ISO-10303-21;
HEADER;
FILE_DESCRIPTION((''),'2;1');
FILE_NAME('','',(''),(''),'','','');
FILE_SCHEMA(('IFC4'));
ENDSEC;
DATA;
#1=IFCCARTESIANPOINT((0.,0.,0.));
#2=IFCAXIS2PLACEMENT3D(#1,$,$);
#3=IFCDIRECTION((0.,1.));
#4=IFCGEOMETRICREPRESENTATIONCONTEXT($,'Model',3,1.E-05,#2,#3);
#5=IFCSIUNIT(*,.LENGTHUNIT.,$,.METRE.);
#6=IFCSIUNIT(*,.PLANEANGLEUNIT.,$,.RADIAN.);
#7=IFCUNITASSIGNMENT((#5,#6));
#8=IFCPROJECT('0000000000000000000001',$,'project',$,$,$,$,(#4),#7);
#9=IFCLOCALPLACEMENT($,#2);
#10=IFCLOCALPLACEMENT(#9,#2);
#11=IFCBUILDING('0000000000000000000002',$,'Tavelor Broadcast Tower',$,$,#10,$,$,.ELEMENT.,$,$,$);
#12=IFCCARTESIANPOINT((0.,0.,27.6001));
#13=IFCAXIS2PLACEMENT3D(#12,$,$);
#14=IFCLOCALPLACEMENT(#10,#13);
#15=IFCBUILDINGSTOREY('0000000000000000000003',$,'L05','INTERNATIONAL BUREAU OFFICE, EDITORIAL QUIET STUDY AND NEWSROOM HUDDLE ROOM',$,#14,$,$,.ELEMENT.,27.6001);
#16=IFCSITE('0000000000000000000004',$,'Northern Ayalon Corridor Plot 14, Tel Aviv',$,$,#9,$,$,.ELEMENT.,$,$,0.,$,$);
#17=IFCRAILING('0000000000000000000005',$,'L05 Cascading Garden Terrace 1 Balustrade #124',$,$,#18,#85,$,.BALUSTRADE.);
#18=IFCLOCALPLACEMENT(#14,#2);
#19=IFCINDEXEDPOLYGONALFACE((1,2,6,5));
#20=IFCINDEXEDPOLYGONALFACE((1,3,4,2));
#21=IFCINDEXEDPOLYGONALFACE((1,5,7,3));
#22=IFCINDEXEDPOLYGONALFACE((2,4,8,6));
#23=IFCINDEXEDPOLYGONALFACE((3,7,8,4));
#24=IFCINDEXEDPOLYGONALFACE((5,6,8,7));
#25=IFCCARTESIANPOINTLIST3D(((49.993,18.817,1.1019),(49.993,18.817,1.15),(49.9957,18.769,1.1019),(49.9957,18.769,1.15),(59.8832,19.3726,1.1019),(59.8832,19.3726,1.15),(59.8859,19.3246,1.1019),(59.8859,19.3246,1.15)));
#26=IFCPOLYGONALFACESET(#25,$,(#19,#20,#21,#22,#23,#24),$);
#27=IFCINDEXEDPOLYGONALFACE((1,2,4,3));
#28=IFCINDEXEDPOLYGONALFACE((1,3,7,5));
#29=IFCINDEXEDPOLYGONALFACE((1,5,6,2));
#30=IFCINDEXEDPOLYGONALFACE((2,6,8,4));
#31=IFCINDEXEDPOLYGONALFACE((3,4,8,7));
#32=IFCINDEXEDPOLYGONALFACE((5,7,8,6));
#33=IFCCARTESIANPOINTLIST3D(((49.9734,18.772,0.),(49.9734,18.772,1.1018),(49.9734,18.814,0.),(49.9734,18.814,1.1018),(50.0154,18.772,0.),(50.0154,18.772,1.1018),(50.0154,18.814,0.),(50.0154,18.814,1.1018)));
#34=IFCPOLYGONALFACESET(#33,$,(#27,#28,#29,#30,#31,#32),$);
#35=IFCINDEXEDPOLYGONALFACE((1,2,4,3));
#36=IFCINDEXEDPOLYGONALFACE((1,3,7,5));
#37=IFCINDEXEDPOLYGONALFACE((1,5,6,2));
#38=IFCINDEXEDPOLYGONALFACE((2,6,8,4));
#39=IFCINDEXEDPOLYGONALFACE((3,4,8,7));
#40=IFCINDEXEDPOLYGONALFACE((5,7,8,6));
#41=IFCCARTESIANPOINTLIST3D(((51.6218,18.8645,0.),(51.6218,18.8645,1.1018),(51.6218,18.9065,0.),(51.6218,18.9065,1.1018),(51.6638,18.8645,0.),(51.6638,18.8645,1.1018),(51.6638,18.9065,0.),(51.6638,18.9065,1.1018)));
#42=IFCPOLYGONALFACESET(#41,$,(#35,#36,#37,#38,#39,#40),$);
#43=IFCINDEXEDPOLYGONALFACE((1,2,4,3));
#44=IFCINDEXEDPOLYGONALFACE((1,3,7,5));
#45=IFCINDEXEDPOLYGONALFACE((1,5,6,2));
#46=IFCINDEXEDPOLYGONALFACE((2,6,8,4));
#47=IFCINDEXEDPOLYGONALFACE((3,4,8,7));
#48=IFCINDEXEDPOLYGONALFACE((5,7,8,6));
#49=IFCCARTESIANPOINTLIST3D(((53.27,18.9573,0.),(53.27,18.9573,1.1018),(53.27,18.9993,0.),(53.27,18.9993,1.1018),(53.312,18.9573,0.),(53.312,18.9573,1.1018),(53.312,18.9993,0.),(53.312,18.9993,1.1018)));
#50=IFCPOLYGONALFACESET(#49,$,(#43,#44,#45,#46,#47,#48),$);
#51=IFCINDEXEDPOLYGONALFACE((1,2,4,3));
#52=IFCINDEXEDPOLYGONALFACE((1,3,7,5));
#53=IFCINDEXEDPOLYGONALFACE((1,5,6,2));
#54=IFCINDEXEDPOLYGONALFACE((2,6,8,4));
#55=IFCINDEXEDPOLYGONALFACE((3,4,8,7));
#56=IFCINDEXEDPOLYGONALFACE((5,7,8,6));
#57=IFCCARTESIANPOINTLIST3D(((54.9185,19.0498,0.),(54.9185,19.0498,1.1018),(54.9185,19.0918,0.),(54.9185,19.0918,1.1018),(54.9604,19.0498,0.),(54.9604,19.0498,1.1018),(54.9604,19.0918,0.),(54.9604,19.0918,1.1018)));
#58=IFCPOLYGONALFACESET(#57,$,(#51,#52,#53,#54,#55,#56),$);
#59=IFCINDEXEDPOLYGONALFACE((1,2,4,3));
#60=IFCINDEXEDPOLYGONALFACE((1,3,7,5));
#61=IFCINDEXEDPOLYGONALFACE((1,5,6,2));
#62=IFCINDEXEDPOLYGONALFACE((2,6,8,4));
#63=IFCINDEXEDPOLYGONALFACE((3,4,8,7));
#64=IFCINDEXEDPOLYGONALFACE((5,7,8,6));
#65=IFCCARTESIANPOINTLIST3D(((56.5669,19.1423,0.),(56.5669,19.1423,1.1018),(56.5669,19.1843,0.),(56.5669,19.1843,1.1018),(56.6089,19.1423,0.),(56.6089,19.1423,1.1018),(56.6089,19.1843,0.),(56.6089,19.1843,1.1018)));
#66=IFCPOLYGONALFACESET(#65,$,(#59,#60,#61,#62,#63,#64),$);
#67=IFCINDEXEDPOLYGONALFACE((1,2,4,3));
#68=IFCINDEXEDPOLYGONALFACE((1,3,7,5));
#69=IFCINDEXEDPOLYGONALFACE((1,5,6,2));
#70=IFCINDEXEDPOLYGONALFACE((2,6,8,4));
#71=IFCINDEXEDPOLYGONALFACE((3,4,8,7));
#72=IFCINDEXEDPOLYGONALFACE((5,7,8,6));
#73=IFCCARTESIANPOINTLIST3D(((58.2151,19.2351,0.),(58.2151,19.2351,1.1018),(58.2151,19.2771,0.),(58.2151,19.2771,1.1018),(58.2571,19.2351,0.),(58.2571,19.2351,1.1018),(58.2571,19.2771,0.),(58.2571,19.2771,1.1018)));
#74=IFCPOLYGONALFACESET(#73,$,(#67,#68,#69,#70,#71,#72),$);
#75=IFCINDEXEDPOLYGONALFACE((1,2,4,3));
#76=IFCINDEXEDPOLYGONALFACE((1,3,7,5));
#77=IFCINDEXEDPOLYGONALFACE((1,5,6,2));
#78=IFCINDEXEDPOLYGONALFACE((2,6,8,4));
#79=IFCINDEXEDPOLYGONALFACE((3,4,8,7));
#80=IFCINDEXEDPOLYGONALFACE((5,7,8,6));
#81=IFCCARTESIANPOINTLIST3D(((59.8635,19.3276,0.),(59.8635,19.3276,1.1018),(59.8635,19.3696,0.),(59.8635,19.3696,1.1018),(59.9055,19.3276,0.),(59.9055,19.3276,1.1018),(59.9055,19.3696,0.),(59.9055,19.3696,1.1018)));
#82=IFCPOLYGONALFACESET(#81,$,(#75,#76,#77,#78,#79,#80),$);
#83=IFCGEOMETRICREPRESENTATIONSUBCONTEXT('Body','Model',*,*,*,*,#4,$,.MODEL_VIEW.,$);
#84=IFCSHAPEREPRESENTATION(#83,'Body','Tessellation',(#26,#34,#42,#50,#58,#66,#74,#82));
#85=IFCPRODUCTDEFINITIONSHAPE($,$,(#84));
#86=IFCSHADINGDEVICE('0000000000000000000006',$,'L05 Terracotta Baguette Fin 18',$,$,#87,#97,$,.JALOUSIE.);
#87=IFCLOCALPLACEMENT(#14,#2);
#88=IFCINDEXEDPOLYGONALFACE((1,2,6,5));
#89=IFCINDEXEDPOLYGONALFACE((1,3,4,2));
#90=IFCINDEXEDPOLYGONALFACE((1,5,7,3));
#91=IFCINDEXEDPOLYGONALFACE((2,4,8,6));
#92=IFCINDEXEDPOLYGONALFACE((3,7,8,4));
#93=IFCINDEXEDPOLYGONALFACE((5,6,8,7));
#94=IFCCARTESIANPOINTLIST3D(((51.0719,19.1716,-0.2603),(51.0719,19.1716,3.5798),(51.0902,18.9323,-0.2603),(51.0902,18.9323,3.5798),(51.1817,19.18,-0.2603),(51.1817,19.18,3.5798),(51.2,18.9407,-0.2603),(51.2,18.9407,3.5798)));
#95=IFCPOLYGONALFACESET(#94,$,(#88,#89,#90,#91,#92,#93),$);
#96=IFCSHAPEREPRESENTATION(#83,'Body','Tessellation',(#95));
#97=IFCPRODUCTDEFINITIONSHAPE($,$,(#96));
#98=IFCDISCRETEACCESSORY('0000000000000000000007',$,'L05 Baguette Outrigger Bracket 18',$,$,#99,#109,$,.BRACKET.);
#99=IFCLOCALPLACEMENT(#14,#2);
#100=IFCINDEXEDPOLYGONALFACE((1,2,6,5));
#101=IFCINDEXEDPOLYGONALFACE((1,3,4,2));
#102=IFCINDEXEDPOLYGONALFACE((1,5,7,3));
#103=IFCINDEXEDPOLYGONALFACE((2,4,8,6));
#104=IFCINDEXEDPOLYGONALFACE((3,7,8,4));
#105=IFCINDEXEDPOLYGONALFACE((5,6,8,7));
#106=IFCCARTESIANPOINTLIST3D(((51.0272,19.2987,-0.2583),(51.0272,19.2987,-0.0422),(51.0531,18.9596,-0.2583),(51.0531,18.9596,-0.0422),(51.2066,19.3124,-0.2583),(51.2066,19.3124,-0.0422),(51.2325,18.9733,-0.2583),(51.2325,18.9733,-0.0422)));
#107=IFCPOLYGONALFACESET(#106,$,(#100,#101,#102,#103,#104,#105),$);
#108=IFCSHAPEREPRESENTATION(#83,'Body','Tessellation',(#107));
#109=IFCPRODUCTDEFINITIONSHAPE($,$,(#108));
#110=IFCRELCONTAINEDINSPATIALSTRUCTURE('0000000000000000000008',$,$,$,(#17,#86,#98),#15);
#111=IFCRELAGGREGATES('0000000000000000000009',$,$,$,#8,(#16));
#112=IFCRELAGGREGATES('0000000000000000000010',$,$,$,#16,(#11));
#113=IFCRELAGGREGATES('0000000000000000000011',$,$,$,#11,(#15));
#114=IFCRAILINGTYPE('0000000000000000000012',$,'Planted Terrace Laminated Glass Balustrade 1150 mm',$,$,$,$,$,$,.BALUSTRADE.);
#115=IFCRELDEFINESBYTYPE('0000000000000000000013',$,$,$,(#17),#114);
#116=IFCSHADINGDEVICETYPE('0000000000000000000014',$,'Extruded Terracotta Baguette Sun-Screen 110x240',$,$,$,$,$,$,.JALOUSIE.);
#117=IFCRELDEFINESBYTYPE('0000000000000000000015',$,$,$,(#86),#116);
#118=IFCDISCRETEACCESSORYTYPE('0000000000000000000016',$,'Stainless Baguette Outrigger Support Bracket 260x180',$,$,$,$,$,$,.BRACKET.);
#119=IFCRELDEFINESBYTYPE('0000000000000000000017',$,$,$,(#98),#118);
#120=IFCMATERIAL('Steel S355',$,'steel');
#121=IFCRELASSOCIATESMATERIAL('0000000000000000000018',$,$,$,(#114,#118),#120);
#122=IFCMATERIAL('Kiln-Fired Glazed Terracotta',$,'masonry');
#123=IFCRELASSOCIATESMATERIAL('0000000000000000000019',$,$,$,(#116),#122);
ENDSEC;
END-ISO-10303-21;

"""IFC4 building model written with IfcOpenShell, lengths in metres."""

from ifc_helpers import new_model, si_unit, direction, frame, origin, origin_2d, place, context, subcontext, project, spatial, rectangle, extrude, source, transform, mapped, material, type_object, type_shapes, element, save


model = new_model("IFC4")

# Units and contexts
model_context = context("Model", 3, precision=1e-05, world=origin(), true_north=direction((0.0, 1.0)))
body_context = subcontext(model_context, "Body", "Model", "MODEL_VIEW")
ifc_project = project(units=[si_unit("LENGTHUNIT", "METRE"), si_unit("PLANEANGLEUNIT", "RADIAN")], contexts=[model_context])

# Site, building, storey
site_placement = place(None, origin())
site = spatial("IfcSite", under=ifc_project, at=site_placement, Name="Northern Ayalon Corridor Plot 14, Tel Aviv", CompositionType="ELEMENT", RefElevation=0.0)
building_placement = place(site_placement, origin())
building = spatial("IfcBuilding", under=site, at=building_placement, Name="Tavelor Broadcast Tower", CompositionType="ELEMENT")
storey_placement = place(building_placement, frame((0.0, 0.0, 27.6001)))
storey = spatial("IfcBuildingStorey", under=building, at=storey_placement, Name="L05", Description="INTERNATIONAL BUREAU OFFICE, EDITORIAL QUIET STUDY AND NEWSROOM HUDDLE ROOM", CompositionType="ELEMENT", Elevation=27.6001)

# Shared definitions
ifc_material_1 = material(Name="Steel S355", Category="steel")

# Railing
railing_type = type_object("IfcRailingType", Name="Planted Terrace Laminated Glass Balustrade 1150 mm", PredefinedType="BALUSTRADE", material=ifc_material_1)
railing_placement = place(storey_placement, frame((49.9944, 18.793, 0.0)))
element("IfcRailing", 1, at=railing_placement, inside=storey, type_object=railing_type, Name="L05 Cascading Garden Terrace 1 Balustrade #124", PredefinedType="BALUSTRADE", context=body_context, shape_type="SweptSolid", body=[
    extrude(rectangle(XDim=0.0481, YDim=0.0481, at=origin_2d()), frame((0.0, 0.0, 1.126), z_axis=(0.998425, 0.056095, 0.0), x_axis=(-0.056095, 0.998425, 0.0)), (0.0, 0.0, 1.0), 9.9058),
    extrude(rectangle(XDim=0.042, YDim=0.042, at=origin_2d()), origin(), (0.0, 0.0, 1.0), 1.1018),
    extrude(rectangle(XDim=0.042, YDim=0.042, at=origin_2d()), frame((1.6484, 0.0925, 0.0)), (0.0, 0.0, 1.0), 1.1018),
    extrude(rectangle(XDim=0.042, YDim=0.042, at=origin_2d()), frame((3.2966, 0.1853, 0.0)), (0.0, 0.0, 1.0), 1.1018),
    extrude(rectangle(XDim=0.042, YDim=0.042, at=origin_2d()), frame((4.9451, 0.2778, 0.0)), (0.0, 0.0, 1.0), 1.1018),
    extrude(rectangle(XDim=0.042, YDim=0.042, at=origin_2d()), frame((6.5935, 0.3704, 0.0)), (0.0, 0.0, 1.0), 1.1018),
    extrude(rectangle(XDim=0.042, YDim=0.042, at=origin_2d()), frame((8.2417, 0.4631, 0.0)), (0.0, 0.0, 1.0), 1.1018),
    extrude(rectangle(XDim=0.042, YDim=0.042, at=origin_2d()), frame((9.8901, 0.5557, 0.0)), (0.0, 0.0, 1.0), 1.1018),
])

# Shading device
ifc_material_2 = material(Name="Kiln-Fired Glazed Terracotta", Category="masonry")
shading_device_type = type_object("IfcShadingDeviceType", Name="Extruded Terracotta Baguette Sun-Screen 110x240", PredefinedType="JALOUSIE", material=ifc_material_2)
shared_shape_1 = source(origin(), body_context, "Body", "SweptSolid", [
    extrude(rectangle(XDim=0.1101, YDim=0.24, at=origin_2d()), origin(), (0.0, 0.0, 1.0), 3.8401),
])
type_shapes(shading_device_type, [shared_shape_1])
shading_device_placement = place(storey_placement, frame((51.136, 19.0562, -0.2603), z_axis=(0.0, 0.0, 1.0), x_axis=(0.997093, 0.076197, 0.0)))
element("IfcShadingDevice", 2, at=shading_device_placement, inside=storey, type_object=shading_device_type, Name="L05 Terracotta Baguette Fin 18", PredefinedType="JALOUSIE", context=body_context, shape_type="MappedRepresentation", body=[
    mapped(shared_shape_1, transform((0.0, 0.0, 0.0), scale=1.0)),
])

# Discrete accessory
discrete_accessory_type = type_object("IfcDiscreteAccessoryType", Name="Stainless Baguette Outrigger Support Bracket 260x180", PredefinedType="BRACKET", material=ifc_material_1)
shared_shape_2 = source(origin(), body_context, "Body", "SweptSolid", [
    extrude(rectangle(XDim=0.1799, YDim=0.3401, at=origin_2d()), origin(), (0.0, 0.0, 1.0), 0.2161),
])
type_shapes(discrete_accessory_type, [shared_shape_2])
discrete_accessory_placement = place(storey_placement, frame((51.1299, 19.136, -0.2583), z_axis=(0.0, 0.0, 1.0), x_axis=(0.997093, 0.076197, 0.0)))
element("IfcDiscreteAccessory", 3, at=discrete_accessory_placement, inside=storey, type_object=discrete_accessory_type, Name="L05 Baguette Outrigger Bracket 18", PredefinedType="BRACKET", context=body_context, shape_type="MappedRepresentation", body=[
    mapped(shared_shape_2, transform((0.0, 0.0, 0.0), scale=1.0)),
])

save(model, "model.ifc")
